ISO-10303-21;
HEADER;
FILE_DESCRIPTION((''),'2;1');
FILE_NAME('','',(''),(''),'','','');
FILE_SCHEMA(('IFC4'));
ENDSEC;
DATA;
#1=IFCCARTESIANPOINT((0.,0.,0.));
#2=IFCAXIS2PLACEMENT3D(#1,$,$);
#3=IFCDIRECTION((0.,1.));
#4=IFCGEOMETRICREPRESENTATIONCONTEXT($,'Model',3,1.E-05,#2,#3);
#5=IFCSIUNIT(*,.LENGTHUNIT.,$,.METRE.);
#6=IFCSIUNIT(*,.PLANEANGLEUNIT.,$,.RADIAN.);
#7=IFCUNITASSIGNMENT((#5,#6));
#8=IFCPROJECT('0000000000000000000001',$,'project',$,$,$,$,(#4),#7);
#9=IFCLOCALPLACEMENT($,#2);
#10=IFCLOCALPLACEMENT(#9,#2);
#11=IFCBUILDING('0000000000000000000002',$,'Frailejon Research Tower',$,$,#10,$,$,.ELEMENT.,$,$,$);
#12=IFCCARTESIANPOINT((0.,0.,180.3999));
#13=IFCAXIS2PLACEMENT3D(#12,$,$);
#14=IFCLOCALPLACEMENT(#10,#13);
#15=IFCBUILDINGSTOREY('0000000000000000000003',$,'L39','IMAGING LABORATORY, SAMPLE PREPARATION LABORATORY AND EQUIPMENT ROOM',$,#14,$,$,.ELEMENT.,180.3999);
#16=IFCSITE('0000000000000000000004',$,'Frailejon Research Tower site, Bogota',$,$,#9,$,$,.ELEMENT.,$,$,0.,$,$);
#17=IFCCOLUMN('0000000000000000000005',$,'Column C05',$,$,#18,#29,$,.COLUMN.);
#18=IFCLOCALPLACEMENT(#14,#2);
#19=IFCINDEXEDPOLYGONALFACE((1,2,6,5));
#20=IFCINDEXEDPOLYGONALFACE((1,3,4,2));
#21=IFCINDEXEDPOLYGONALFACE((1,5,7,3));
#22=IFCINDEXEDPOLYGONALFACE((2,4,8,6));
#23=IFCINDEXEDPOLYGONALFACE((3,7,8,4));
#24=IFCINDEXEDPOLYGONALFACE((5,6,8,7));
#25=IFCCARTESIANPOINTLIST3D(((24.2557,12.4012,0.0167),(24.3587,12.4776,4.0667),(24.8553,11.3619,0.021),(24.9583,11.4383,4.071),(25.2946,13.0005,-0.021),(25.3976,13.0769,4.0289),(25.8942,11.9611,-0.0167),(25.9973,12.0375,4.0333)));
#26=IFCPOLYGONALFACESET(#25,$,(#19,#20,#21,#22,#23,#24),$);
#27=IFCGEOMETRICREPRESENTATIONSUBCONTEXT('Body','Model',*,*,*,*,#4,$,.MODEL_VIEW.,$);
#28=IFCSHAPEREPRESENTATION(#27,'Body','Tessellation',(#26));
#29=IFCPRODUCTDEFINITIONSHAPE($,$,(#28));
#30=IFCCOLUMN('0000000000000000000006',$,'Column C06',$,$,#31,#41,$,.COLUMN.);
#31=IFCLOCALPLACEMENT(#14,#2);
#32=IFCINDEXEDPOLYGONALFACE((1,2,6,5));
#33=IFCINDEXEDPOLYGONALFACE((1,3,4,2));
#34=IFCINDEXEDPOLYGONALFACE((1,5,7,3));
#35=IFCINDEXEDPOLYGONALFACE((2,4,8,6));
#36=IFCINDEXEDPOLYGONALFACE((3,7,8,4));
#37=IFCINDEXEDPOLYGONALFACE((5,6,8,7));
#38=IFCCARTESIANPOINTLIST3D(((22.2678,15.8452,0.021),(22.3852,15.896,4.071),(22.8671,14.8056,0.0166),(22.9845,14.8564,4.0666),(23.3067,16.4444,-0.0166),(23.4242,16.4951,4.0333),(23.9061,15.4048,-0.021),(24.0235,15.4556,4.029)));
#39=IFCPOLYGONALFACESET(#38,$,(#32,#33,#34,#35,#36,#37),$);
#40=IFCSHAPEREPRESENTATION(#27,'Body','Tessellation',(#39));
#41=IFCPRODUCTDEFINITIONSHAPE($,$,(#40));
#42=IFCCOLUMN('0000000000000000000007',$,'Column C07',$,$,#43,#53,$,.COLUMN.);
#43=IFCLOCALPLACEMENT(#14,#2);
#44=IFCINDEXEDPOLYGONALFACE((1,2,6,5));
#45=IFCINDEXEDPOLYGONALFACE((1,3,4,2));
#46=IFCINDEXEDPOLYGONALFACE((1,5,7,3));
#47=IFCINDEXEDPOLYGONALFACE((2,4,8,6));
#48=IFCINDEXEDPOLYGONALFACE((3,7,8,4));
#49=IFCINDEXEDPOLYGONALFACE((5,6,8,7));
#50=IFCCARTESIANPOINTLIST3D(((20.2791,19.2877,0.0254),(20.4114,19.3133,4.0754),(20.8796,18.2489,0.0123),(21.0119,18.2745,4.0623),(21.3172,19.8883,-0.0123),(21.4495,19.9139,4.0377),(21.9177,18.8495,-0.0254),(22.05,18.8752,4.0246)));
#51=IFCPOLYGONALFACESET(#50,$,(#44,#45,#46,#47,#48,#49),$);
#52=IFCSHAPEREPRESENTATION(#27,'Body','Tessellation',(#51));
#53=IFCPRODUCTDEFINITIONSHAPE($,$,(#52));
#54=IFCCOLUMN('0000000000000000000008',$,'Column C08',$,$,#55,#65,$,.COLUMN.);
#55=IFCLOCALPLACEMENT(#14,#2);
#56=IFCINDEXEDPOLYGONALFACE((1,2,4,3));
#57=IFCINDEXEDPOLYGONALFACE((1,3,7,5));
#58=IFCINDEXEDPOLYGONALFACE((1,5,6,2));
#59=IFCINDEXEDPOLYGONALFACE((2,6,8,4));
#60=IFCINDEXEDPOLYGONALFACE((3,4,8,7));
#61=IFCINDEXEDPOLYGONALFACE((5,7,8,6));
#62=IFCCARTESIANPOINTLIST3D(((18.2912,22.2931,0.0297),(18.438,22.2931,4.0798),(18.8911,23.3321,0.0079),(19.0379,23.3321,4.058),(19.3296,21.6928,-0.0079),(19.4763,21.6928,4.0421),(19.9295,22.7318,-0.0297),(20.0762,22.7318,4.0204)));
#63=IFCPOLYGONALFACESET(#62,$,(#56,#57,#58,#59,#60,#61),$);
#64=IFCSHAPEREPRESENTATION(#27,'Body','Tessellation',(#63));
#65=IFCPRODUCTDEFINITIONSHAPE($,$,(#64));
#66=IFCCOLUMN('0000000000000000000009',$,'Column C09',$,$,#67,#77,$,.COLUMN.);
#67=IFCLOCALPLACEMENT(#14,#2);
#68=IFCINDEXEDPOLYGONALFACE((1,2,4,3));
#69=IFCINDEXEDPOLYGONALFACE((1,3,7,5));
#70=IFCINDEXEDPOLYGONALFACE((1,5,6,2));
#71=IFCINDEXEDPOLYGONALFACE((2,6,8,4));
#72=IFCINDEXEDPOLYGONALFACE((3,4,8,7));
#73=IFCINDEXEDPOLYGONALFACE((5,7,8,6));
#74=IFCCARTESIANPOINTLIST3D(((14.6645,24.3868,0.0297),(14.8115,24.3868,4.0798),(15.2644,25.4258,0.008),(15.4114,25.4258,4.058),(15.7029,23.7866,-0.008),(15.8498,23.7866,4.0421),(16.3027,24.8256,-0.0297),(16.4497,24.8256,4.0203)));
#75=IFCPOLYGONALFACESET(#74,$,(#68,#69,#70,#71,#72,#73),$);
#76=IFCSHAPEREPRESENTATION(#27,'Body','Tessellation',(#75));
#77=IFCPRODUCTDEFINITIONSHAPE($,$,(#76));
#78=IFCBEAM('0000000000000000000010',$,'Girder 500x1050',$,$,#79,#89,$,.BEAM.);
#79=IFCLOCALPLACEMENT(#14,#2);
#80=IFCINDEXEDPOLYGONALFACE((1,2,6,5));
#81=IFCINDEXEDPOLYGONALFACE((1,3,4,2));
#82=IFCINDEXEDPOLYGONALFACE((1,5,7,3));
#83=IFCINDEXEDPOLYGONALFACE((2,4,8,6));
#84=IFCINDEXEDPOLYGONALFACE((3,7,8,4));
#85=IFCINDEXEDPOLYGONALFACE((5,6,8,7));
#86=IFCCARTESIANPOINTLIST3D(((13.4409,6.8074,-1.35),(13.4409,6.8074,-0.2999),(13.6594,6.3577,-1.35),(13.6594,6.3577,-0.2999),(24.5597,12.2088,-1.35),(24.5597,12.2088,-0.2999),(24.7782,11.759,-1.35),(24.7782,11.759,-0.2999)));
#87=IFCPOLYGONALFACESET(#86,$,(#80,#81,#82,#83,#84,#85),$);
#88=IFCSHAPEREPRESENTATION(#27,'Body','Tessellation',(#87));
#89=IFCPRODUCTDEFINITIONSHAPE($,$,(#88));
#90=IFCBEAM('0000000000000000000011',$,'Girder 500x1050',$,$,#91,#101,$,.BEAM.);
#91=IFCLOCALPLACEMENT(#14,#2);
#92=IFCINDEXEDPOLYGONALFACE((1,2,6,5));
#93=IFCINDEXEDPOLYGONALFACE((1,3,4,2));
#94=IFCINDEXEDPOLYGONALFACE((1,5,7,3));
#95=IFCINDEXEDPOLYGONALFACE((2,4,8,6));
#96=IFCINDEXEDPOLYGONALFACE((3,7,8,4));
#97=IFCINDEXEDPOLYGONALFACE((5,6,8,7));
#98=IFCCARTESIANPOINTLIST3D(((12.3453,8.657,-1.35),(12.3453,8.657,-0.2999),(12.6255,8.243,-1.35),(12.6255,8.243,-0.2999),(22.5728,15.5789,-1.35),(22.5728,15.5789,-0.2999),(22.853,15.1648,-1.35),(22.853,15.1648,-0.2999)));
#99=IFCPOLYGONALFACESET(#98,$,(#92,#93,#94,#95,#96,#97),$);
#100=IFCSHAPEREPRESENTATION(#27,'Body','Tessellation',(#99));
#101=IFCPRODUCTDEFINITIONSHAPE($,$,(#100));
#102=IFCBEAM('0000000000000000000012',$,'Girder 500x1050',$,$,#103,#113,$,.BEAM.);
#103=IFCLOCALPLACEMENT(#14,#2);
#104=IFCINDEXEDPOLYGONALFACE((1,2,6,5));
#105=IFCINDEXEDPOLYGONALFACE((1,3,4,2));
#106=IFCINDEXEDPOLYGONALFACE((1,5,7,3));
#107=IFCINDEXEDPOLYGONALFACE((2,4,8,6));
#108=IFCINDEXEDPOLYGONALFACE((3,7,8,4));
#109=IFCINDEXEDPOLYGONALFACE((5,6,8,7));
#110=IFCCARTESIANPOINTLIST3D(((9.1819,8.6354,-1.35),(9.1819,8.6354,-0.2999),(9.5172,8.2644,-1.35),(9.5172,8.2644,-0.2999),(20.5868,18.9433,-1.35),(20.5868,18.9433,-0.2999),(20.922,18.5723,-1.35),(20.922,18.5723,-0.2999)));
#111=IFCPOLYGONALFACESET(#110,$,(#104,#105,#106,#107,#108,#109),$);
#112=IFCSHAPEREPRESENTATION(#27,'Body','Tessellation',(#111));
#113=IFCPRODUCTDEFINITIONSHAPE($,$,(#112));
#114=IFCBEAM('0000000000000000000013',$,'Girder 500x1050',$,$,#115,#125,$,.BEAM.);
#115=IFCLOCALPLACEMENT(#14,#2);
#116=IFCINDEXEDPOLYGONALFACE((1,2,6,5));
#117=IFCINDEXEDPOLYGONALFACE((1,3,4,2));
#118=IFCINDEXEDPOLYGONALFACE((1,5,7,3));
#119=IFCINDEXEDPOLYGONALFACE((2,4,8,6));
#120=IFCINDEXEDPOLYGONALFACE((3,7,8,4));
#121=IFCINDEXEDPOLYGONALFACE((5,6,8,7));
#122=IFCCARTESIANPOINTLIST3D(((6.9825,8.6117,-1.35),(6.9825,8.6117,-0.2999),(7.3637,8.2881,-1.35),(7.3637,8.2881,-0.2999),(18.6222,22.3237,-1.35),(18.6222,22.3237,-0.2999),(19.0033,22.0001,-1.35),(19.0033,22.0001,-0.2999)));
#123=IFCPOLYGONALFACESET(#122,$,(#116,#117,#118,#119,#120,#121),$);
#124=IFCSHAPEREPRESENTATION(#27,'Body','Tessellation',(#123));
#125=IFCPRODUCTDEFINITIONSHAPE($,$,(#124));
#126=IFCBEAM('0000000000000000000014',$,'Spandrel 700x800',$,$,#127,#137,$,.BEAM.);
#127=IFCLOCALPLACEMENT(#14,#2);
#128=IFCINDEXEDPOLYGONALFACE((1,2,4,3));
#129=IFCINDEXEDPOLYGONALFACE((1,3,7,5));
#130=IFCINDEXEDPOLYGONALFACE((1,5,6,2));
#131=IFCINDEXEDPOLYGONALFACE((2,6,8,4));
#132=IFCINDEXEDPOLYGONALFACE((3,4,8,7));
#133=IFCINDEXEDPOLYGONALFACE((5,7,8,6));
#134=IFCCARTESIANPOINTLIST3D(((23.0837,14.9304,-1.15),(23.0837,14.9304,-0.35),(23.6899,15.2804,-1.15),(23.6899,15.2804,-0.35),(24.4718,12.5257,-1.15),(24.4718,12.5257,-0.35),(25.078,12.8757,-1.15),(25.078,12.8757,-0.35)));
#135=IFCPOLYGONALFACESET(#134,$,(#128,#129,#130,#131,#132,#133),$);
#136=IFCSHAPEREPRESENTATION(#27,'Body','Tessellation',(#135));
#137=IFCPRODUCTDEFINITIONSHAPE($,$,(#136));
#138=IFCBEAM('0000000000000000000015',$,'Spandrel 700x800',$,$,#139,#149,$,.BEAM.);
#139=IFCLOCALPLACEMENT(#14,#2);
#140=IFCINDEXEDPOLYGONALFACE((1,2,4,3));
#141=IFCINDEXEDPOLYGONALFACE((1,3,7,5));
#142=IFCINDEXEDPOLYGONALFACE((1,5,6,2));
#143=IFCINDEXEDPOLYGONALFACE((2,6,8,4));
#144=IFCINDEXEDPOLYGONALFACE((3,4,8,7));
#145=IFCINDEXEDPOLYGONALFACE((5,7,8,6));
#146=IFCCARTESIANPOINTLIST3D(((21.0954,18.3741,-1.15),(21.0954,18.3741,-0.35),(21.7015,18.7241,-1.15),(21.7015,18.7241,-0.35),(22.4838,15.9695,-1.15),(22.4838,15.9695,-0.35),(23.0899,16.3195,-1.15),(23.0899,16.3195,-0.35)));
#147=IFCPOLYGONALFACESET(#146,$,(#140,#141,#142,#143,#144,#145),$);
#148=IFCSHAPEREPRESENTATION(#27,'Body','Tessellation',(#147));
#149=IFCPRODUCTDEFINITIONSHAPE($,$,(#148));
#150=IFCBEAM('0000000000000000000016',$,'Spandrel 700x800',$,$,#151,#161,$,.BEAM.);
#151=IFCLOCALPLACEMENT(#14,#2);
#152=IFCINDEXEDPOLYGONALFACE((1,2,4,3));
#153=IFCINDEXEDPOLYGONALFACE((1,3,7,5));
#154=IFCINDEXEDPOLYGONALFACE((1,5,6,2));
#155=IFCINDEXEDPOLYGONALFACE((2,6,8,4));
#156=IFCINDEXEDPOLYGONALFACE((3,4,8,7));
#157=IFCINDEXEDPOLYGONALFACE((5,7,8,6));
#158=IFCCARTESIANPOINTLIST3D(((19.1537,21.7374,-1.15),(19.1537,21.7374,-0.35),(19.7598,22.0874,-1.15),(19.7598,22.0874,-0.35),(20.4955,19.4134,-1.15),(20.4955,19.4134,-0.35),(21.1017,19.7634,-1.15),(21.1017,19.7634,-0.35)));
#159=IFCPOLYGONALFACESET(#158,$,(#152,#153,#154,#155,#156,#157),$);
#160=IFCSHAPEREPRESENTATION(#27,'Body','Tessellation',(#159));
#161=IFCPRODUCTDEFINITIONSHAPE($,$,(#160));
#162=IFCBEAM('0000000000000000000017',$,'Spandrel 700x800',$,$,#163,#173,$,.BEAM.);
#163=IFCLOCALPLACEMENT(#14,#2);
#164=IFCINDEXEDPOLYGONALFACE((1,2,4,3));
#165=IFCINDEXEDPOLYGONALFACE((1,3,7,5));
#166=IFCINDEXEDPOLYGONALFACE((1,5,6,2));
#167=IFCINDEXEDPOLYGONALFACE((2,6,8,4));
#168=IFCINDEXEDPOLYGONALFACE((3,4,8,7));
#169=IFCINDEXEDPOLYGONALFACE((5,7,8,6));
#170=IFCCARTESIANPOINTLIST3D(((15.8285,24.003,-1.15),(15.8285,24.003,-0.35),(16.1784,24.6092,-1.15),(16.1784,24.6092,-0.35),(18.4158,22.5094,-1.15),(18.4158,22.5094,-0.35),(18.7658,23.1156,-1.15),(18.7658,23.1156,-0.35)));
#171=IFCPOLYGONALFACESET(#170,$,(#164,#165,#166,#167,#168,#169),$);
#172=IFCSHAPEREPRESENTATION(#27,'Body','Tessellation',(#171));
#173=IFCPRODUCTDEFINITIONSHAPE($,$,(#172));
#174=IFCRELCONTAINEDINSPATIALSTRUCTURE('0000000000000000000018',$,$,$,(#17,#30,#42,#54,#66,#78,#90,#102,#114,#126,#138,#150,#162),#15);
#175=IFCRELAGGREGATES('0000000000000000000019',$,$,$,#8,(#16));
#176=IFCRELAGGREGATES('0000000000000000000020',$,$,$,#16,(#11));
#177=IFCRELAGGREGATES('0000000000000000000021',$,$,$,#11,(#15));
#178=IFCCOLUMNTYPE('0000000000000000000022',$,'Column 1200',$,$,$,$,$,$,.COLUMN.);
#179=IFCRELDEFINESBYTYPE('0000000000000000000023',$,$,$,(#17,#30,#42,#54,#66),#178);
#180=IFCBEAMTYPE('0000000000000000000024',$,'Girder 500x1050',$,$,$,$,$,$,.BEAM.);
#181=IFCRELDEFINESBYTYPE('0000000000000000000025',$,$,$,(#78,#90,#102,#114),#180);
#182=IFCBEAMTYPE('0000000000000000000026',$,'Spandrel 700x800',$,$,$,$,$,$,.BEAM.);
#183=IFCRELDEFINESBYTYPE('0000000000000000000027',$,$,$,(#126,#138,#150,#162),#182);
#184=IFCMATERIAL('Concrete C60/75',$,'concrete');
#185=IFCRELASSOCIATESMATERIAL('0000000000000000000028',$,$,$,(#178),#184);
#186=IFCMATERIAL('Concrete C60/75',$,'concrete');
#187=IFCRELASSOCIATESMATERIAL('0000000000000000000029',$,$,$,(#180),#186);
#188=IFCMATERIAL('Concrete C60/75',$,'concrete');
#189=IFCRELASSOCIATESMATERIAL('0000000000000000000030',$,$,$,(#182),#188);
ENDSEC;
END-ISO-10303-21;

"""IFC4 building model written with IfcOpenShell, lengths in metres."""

from ifc_helpers import new_model, si_unit, direction, frame, origin, origin_2d, place, context, subcontext, project, spatial, rectangle, extrude, material, material_profile, profile_set, type_object, element, save


model = new_model("IFC4")

# Units and contexts
model_context = context("Model", 3, precision=1e-05, world=origin(), true_north=direction((0.0, 1.0)))
body_context = subcontext(model_context, "Body", "Model", "MODEL_VIEW")
ifc_project = project(units=[si_unit("LENGTHUNIT", "METRE"), si_unit("PLANEANGLEUNIT", "RADIAN")], contexts=[model_context])

# Site, building, storey
site_placement = place(None, origin())
site = spatial("IfcSite", under=ifc_project, at=site_placement, Name="Frailejon Research Tower site, Bogota", CompositionType="ELEMENT", RefElevation=0.0)
building_placement = place(site_placement, origin())
building = spatial("IfcBuilding", under=site, at=building_placement, Name="Frailejon Research Tower", CompositionType="ELEMENT")
storey_placement = place(building_placement, frame((0.0, 0.0, 180.3999)))
storey = spatial("IfcBuildingStorey", under=building, at=storey_placement, Name="L39", Description="IMAGING LABORATORY, SAMPLE PREPARATION LABORATORY AND EQUIPMENT ROOM", CompositionType="ELEMENT", Elevation=180.3999)

# Columns
ifc_material_1 = material(Name="Concrete C60/75", Category="concrete")
ifc_material_profile_1 = material_profile(ifc_material_1, rectangle(XDim=1.2, YDim=1.2, at=origin_2d()), Name="Column 1200")
ifc_profile_set_1 = profile_set([ifc_material_profile_1], Name="Concrete C60/75")
column_type = type_object("IfcColumnType", Name="Column 1200", PredefinedType="COLUMN", material=ifc_profile_set_1)
for number, where, z_axis, x_axis, name in (
    (1, (25.075, 12.1812, 0.0), (0.025426, 0.018858, 0.999499), (-0.49971, 0.866185, -0.003631), "Column C05"),
    (2, (23.0869, 15.625, 0.0), (0.028981, 0.012532, 0.999501), (-0.49945, 0.866335, 0.003619), "Column C06"),
):
    element("IfcColumn", number, at=place(storey_placement, frame(where, z_axis=z_axis, x_axis=x_axis)), inside=storey, type_object=column_type, Name=name, PredefinedType="COLUMN", context=body_context, shape_type="SweptSolid", body=[
        extrude(rectangle(XDim=1.2, YDim=1.2, at=origin_2d()), origin(), (0.0, 0.0, 1.0), 4.052),
    ])
column_placement = place(storey_placement, frame((21.0984, 19.0686, 0.0), z_axis=(0.032654, 0.006326, 0.999447), x_axis=(-0.500479, 0.865681, 0.010872)))
element("IfcColumn", 3, at=column_placement, inside=storey, type_object=column_type, Name="Column C07", PredefinedType="COLUMN", context=body_context, shape_type="SweptSolid", body=[
    extrude(rectangle(XDim=1.2, YDim=1.2, at=origin_2d()), origin(), (0.0, 0.0, 1.0), 4.0522),
])
for number, where, z_axis, x_axis, name in (
    (4, (19.1104, 22.5125, 0.0), (0.036205, 0.0, 0.999344), (-0.865315, 0.500246, 0.031349), "Column C08"),
    (5, (15.4836, 24.6062, 0.0), (0.036265, 0.0, 0.999342), (-0.865314, 0.500246, 0.031401), "Column C09"),
):
    element("IfcColumn", number, at=place(storey_placement, frame(where, z_axis=z_axis, x_axis=x_axis)), inside=storey, type_object=column_type, Name=name, PredefinedType="COLUMN", context=body_context, shape_type="SweptSolid", body=[
        extrude(rectangle(XDim=1.2, YDim=1.2, at=origin_2d()), origin(), (0.0, 0.0, 1.0), 4.0527),
    ])

# Beams
ifc_material_2 = material(Name="Concrete C60/75", Category="concrete")
ifc_material_profile_2 = material_profile(ifc_material_2, rectangle(XDim=0.5, YDim=1.05, at=origin_2d()), Name="Girder 500x1050")
ifc_profile_set_2 = profile_set([ifc_material_profile_2], Name="Concrete C60/75")
beam_type_1 = type_object("IfcBeamType", Name="Girder 500x1050", PredefinedType="BEAM", material=ifc_profile_set_2)
beam_1_placement = place(storey_placement, frame((24.6689, 11.9839, -0.825), z_axis=(-0.899484, -0.436954, 0.0), x_axis=(0.436954, -0.899484, 0.0)))
element("IfcBeam", 6, at=beam_1_placement, inside=storey, type_object=beam_type_1, Name="Girder 500x1050", PredefinedType="BEAM", context=body_context, shape_type="SweptSolid", body=[
    extrude(rectangle(XDim=0.5, YDim=1.05, at=origin_2d()), origin(), (0.0, 0.0, 1.0), 12.3613),
])
beam_2_placement = place(storey_placement, frame((22.7129, 15.3718, -0.825), z_axis=(-0.828161, -0.56049, 0.0), x_axis=(0.56049, -0.828161, 0.0)))
element("IfcBeam", 7, at=beam_2_placement, inside=storey, type_object=beam_type_1, Name="Girder 500x1050", PredefinedType="BEAM", context=body_context, shape_type="SweptSolid", body=[
    extrude(rectangle(XDim=0.5, YDim=1.05, at=origin_2d()), origin(), (0.0, 0.0, 1.0), 12.3496),
])
beam_3_placement = place(storey_placement, frame((20.7544, 18.7578, -0.825), z_axis=(-0.741884, -0.670529, 0.0), x_axis=(0.670529, -0.741884, 0.0)))
element("IfcBeam", 8, at=beam_3_placement, inside=storey, type_object=beam_type_1, Name="Girder 500x1050", PredefinedType="BEAM", context=body_context, shape_type="SweptSolid", body=[
    extrude(rectangle(XDim=0.5, YDim=1.05, at=origin_2d()), origin(), (0.0, 0.0, 1.0), 15.3728),
])
beam_4_placement = place(storey_placement, frame((18.8127, 22.1619, -0.825), z_axis=(-0.647149, -0.762364, 0.0), x_axis=(0.762364, -0.647149, 0.0)))
element("IfcBeam", 9, at=beam_4_placement, inside=storey, type_object=beam_type_1, Name="Girder 500x1050", PredefinedType="BEAM", context=body_context, shape_type="SweptSolid", body=[
    extrude(rectangle(XDim=0.5, YDim=1.05, at=origin_2d()), origin(), (0.0, 0.0, 1.0), 17.9861),
])
ifc_material_3 = material(Name="Concrete C60/75", Category="concrete")
ifc_material_profile_3 = material_profile(ifc_material_3, rectangle(XDim=0.7, YDim=0.8, at=origin_2d()), Name="Spandrel 700x800")
ifc_profile_set_3 = profile_set([ifc_material_profile_3], Name="Concrete C60/75")
beam_type_2 = type_object("IfcBeamType", Name="Spandrel 700x800", PredefinedType="BEAM", material=ifc_profile_set_3)
for number, where, z_axis, x_axis, name in (
    (10, (24.7749, 12.7007, -0.75), (-0.499941, 0.86606, 0.0), (-0.86606, -0.499941, 0.0), "Spandrel 700x800"),
    (11, (22.7869, 16.1445, -0.75), (-0.500045, 0.866, 0.0), (-0.866, -0.500045, 0.0), "Spandrel 700x800"),
):
    element("IfcBeam", number, at=place(storey_placement, frame(where, z_axis=z_axis, x_axis=x_axis)), inside=storey, type_object=beam_type_2, Name=name, PredefinedType="BEAM", context=body_context, shape_type="SweptSolid", body=[
        extrude(rectangle(XDim=0.7, YDim=0.8, at=origin_2d()), origin(), (0.0, 0.0, 1.0), 2.7766),
    ])
beam_5_placement = place(storey_placement, frame((20.7986, 19.5884, -0.75), z_axis=(-0.500014, 0.866017, 0.0), x_axis=(-0.866017, -0.500014, 0.0)))
element("IfcBeam", 12, at=beam_5_placement, inside=storey, type_object=beam_type_2, Name="Spandrel 700x800", PredefinedType="BEAM", context=body_context, shape_type="SweptSolid", body=[
    extrude(rectangle(XDim=0.7, YDim=0.8, at=origin_2d()), origin(), (0.0, 0.0, 1.0), 2.6836),
])
beam_6_placement = place(storey_placement, frame((18.5908, 22.8125, -0.75), z_axis=(-0.866052, 0.499954, 0.0), x_axis=(-0.499954, -0.866052, 0.0)))
element("IfcBeam", 13, at=beam_6_placement, inside=storey, type_object=beam_type_2, Name="Spandrel 700x800", PredefinedType="BEAM", context=body_context, shape_type="SweptSolid", body=[
    extrude(rectangle(XDim=0.7, YDim=0.8, at=origin_2d()), origin(), (0.0, 0.0, 1.0), 2.9875),
])

save(model, "model.ifc")
